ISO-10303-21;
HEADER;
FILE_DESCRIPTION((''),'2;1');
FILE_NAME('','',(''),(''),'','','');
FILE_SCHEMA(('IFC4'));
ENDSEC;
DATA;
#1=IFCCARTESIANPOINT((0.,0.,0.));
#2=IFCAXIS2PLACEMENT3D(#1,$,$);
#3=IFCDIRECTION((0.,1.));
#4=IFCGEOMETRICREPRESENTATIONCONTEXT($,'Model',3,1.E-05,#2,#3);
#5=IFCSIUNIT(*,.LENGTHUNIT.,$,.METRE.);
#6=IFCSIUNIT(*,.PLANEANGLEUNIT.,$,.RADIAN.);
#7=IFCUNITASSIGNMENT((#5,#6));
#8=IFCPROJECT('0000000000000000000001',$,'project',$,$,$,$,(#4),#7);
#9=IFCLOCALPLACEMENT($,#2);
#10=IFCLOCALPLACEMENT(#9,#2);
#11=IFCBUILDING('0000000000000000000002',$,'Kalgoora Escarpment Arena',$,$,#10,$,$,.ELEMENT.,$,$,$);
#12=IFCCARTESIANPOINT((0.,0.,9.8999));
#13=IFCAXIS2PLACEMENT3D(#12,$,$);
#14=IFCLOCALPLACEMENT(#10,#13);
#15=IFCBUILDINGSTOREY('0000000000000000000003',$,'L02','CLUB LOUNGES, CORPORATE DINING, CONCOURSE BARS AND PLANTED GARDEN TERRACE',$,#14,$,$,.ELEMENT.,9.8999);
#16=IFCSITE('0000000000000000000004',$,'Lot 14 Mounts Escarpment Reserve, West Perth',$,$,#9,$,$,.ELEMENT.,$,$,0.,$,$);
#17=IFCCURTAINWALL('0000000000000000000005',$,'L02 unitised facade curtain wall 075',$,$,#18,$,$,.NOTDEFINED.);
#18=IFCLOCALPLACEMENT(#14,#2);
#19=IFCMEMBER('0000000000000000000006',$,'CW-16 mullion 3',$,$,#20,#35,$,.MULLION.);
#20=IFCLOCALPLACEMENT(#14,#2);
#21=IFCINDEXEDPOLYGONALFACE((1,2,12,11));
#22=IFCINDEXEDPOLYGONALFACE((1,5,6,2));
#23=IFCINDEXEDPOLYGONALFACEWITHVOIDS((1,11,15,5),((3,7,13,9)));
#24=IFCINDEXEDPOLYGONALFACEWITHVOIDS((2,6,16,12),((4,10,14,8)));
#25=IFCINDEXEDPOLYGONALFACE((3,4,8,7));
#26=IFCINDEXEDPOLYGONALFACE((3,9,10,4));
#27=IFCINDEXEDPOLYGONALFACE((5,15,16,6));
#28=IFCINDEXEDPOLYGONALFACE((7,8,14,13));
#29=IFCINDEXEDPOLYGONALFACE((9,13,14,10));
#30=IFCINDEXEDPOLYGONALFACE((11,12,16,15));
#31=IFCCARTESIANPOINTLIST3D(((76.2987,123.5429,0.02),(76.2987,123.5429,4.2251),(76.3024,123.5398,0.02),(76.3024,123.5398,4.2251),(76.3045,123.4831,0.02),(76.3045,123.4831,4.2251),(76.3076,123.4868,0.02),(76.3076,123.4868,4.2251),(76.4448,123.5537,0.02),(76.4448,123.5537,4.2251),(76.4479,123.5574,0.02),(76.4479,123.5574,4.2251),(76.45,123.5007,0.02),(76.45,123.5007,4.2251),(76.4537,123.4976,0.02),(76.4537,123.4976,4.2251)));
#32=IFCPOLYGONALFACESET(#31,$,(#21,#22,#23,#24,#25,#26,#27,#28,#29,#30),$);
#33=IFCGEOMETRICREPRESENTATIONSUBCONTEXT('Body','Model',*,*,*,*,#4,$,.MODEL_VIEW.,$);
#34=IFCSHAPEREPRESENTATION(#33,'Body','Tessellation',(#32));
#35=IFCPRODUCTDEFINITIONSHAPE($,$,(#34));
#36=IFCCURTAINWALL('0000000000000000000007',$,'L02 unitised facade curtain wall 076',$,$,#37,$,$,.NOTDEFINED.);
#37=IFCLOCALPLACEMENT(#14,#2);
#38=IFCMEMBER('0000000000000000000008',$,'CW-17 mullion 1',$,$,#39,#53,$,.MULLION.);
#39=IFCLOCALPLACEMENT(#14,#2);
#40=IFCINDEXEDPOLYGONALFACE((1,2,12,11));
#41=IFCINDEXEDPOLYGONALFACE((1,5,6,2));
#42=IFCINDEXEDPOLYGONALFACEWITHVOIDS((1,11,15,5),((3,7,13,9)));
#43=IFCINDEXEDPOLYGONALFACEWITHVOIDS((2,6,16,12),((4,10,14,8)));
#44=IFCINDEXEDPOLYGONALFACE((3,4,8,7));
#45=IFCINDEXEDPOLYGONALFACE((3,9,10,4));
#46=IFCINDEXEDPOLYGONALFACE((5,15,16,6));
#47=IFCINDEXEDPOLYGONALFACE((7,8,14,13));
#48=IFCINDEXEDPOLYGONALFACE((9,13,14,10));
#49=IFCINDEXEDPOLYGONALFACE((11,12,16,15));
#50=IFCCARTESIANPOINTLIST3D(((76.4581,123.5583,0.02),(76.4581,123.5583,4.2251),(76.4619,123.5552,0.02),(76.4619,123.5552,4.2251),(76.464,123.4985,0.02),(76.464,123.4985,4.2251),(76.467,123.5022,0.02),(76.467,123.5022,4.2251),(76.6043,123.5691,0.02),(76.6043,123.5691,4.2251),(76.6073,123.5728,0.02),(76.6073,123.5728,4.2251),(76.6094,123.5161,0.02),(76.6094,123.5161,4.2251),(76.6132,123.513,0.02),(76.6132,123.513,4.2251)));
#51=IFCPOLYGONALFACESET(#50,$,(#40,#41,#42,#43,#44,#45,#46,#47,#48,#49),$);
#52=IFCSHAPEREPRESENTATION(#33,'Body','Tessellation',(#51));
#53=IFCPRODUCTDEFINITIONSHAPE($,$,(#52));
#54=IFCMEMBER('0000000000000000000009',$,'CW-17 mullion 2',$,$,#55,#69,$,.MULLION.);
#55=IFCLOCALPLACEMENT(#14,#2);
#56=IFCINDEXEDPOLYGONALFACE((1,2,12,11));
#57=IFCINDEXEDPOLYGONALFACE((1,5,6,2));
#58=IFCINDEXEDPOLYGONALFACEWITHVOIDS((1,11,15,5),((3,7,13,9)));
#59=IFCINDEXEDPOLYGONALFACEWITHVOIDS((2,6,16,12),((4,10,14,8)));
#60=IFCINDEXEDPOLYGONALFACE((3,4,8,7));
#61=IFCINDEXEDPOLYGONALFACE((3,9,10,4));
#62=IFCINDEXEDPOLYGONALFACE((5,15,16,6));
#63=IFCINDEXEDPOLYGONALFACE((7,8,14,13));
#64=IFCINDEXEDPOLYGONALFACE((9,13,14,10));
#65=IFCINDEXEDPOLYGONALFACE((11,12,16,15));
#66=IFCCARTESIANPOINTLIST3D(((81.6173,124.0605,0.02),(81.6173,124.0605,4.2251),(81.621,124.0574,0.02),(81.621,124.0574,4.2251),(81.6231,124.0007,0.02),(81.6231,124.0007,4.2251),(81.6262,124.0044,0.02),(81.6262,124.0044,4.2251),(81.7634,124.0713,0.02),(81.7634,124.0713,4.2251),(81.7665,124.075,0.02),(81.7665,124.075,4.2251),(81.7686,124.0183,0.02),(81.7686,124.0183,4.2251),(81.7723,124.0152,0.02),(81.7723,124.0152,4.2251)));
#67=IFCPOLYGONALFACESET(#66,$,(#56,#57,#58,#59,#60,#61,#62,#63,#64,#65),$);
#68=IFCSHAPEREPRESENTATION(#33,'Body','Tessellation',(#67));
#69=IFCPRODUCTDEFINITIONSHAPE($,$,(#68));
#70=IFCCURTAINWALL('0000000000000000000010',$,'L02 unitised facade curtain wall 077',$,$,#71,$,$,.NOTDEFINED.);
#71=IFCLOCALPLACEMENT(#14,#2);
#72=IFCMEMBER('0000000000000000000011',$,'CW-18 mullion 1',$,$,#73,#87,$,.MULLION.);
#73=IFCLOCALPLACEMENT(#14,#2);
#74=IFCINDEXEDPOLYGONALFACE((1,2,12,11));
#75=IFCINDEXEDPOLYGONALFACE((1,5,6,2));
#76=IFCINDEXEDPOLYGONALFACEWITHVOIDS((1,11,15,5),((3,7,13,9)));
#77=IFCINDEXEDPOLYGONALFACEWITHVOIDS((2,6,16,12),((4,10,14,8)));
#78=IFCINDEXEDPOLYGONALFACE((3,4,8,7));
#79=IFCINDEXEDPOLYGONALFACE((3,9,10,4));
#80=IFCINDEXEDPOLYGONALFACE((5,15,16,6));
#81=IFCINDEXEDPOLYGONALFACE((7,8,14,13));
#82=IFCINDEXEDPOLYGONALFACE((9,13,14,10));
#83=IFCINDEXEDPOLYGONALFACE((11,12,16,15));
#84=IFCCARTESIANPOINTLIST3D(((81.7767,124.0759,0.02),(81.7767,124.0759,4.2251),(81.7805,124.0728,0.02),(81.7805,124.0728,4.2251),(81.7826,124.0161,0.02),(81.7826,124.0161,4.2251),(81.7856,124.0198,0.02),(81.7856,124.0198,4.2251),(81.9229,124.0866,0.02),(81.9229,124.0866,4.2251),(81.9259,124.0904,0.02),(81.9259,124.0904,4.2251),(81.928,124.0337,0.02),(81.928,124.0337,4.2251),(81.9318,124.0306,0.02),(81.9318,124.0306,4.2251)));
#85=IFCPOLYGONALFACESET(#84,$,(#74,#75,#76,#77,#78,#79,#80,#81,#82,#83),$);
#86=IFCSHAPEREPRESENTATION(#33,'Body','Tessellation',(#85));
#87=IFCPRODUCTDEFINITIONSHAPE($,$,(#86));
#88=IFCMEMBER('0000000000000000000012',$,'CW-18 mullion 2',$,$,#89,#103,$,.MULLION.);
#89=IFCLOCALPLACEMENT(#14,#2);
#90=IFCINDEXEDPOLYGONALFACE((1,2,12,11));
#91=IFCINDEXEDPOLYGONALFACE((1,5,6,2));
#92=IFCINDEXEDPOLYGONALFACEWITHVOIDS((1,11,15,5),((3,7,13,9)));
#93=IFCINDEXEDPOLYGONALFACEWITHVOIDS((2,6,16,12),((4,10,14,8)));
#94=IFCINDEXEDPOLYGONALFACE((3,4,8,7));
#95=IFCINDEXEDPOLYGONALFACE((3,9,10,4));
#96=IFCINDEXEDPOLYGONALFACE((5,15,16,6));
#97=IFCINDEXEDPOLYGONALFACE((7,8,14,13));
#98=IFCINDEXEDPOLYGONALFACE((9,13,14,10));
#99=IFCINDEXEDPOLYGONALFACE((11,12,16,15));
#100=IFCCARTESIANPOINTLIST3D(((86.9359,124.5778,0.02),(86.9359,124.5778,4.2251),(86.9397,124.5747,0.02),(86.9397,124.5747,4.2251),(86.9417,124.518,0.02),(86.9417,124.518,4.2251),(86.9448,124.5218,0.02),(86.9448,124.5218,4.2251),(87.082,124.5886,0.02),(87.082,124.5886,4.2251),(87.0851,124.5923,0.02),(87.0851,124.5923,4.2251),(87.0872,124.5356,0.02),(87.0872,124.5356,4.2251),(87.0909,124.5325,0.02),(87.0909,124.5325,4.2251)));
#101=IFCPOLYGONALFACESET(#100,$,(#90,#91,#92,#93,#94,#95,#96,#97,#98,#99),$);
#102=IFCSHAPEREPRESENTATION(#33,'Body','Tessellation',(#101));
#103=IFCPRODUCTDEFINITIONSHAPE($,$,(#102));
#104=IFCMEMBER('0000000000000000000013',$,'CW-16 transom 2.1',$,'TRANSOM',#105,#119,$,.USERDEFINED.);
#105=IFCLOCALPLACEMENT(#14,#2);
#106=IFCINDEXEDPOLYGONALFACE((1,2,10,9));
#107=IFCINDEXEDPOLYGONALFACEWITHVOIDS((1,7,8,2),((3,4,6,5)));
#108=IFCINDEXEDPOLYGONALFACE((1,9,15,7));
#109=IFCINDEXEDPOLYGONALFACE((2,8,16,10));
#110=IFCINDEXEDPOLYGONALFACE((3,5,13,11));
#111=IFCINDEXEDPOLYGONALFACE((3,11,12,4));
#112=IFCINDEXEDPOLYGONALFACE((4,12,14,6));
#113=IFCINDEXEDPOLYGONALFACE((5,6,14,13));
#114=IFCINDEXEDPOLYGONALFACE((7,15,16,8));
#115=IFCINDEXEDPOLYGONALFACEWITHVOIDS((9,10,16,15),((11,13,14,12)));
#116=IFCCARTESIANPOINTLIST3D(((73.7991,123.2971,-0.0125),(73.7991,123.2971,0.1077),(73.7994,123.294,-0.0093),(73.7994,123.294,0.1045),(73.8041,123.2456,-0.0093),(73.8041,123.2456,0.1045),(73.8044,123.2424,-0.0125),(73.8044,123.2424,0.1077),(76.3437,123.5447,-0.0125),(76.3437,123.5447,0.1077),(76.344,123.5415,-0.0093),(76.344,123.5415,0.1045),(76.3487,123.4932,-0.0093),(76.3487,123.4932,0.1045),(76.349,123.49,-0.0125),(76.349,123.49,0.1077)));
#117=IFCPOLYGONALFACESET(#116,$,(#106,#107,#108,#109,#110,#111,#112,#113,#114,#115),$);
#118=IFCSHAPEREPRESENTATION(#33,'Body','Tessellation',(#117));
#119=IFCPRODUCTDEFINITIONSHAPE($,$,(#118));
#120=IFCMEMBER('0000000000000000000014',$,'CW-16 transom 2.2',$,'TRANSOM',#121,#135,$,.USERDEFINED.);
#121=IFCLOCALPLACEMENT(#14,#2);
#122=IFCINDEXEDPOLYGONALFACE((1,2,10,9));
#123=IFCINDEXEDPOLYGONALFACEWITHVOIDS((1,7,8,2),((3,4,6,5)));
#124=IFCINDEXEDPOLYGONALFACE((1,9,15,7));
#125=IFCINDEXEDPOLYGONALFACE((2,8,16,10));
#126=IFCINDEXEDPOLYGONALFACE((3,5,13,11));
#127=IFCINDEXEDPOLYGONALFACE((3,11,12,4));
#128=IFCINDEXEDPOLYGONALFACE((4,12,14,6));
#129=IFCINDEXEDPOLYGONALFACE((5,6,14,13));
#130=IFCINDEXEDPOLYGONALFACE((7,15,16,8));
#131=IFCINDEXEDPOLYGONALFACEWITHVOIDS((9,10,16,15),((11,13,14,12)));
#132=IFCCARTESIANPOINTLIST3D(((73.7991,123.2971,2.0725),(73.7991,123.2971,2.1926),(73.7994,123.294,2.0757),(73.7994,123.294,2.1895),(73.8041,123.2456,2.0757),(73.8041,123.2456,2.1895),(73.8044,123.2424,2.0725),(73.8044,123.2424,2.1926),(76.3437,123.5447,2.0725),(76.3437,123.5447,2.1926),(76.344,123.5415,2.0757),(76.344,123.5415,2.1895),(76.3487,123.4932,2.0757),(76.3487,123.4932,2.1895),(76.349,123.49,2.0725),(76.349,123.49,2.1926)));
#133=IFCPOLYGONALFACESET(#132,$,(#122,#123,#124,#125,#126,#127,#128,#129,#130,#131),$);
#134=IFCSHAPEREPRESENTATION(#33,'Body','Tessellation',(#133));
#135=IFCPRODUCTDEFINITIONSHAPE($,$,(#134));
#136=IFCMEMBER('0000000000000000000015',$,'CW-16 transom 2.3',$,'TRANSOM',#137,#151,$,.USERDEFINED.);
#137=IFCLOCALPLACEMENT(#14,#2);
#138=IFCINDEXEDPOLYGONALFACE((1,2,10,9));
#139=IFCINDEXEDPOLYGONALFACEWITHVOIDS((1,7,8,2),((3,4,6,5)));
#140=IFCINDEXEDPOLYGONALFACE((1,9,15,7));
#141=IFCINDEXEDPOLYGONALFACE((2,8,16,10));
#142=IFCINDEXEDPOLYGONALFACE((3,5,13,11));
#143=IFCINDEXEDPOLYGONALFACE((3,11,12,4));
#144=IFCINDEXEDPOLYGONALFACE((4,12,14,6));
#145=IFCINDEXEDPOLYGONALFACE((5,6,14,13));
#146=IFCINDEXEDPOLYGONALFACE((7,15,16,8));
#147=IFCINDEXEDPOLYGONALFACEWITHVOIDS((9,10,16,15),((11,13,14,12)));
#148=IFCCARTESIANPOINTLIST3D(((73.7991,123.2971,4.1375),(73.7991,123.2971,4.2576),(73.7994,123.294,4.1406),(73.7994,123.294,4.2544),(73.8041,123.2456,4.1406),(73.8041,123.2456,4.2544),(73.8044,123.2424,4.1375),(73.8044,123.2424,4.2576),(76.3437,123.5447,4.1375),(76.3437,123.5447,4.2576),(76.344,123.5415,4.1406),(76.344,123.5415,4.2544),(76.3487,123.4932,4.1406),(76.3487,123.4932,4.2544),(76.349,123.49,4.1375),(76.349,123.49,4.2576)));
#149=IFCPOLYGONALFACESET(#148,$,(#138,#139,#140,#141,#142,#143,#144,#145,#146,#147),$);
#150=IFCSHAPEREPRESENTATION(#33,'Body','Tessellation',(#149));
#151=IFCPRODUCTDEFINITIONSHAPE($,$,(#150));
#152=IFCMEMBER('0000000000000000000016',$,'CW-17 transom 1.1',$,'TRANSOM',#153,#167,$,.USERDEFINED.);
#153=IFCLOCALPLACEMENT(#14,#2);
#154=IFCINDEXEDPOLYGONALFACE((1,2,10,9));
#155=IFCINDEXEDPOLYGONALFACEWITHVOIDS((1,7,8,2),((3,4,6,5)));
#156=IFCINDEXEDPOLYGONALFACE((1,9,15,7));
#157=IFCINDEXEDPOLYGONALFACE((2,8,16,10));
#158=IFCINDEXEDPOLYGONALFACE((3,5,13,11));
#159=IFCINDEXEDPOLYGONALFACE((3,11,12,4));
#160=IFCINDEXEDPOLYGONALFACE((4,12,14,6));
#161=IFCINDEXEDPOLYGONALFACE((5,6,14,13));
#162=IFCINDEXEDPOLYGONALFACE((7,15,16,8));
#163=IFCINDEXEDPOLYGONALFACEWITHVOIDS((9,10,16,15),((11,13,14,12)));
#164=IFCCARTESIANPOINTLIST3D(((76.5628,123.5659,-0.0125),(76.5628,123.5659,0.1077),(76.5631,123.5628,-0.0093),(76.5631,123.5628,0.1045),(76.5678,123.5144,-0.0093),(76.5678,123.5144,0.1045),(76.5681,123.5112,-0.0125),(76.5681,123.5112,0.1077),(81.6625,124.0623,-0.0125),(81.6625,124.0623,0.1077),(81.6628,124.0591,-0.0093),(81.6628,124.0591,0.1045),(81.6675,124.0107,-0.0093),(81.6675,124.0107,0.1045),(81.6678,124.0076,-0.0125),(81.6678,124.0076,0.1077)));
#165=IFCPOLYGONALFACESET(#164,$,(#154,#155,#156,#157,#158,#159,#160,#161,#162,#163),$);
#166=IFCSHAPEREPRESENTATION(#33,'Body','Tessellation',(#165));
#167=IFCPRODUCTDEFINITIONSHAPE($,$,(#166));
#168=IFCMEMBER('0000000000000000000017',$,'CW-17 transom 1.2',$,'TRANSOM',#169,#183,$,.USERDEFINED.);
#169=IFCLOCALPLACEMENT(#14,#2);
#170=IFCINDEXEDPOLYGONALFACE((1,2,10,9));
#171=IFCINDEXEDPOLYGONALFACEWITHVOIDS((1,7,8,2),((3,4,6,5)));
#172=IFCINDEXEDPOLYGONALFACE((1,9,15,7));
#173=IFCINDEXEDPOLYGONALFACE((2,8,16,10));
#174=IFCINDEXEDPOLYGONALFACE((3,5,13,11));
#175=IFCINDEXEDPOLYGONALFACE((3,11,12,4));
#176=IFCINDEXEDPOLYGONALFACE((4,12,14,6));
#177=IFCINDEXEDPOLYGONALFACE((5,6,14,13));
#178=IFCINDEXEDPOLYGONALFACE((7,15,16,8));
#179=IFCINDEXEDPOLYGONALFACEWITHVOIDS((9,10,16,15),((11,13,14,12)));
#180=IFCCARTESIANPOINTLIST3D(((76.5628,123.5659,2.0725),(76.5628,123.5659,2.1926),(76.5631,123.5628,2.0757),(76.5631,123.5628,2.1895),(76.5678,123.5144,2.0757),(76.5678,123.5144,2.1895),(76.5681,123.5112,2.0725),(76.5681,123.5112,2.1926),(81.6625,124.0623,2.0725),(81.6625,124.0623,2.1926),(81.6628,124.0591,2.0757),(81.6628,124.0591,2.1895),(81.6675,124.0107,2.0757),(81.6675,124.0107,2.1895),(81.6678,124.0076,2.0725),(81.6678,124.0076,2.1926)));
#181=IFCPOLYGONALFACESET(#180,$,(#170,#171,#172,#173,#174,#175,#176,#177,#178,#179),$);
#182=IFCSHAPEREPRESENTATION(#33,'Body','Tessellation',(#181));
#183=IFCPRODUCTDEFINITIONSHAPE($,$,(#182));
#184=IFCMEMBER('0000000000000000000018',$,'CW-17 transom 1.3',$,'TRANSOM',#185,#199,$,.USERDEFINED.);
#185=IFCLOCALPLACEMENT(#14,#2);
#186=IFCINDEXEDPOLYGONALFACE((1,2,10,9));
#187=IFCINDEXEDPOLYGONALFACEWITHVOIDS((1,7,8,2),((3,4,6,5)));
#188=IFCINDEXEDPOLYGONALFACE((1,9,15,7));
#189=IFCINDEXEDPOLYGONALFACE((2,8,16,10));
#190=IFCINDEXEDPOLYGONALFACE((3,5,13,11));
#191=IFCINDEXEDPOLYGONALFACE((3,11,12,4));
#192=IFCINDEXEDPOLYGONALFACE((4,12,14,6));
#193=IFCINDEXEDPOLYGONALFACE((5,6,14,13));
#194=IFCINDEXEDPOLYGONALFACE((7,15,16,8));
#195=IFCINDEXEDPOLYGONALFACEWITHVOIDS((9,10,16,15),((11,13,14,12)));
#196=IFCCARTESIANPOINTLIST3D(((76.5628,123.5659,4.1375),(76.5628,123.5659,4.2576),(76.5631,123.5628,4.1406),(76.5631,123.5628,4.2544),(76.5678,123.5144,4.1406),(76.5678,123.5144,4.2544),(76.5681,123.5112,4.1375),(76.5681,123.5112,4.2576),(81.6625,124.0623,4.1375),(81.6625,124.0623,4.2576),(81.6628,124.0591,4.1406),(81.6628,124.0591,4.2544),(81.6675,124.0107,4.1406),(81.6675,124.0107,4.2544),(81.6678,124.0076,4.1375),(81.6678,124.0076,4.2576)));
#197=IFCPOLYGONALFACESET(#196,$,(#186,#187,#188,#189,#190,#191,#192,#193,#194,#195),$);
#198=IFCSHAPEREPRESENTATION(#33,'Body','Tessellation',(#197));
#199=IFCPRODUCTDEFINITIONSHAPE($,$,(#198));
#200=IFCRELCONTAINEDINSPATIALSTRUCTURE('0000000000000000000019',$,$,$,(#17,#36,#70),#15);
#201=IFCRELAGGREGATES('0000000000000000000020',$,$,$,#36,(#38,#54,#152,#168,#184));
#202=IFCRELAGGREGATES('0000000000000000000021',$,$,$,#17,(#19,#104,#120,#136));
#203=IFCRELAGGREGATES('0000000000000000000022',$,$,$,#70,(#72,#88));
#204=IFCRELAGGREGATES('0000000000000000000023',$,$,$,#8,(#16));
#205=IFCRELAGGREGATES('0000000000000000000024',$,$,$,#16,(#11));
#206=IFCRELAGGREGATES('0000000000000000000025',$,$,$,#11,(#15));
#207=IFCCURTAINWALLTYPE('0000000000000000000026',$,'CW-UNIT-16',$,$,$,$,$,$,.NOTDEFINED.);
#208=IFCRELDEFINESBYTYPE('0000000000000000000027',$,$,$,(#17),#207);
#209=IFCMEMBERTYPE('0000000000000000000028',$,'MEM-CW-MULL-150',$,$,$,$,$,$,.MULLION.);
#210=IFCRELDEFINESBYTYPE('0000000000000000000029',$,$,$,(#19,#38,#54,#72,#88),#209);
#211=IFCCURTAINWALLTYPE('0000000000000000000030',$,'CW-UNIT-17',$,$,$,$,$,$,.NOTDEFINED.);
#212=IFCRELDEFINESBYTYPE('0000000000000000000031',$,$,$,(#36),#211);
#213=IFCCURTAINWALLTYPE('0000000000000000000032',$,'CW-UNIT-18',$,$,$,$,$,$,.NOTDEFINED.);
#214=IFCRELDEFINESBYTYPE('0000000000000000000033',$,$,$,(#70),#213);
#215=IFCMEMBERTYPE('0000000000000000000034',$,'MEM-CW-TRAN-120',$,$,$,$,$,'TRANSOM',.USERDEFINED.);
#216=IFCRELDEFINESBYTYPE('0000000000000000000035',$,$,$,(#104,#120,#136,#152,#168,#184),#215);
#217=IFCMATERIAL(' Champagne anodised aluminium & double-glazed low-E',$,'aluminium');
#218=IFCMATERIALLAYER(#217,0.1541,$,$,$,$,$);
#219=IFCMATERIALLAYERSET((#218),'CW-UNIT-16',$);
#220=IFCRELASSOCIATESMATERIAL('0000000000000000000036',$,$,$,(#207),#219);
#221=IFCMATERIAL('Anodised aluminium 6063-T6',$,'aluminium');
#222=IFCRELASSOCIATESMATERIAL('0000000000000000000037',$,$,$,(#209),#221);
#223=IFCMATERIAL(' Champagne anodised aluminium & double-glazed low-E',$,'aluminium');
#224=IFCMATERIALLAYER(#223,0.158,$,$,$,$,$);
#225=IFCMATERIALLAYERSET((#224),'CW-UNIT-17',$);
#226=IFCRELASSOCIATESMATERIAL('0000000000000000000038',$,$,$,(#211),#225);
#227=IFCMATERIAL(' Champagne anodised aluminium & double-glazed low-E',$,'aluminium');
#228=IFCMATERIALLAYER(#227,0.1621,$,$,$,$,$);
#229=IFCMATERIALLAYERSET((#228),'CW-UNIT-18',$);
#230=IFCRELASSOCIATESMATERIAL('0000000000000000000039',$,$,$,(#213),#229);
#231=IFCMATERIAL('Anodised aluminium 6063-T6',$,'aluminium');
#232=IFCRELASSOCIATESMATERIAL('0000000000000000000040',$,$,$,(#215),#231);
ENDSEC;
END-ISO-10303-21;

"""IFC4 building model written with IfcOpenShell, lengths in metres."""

from ifc_helpers import new_model, si_unit, direction, frame, origin, origin_2d, place, context, subcontext, project, spatial, hollow_rectangle, extrude, material, layer, layer_set, material_profile, profile_set, type_object, element, aggregate, save


model = new_model("IFC4")

# Units and contexts
model_context = context("Model", 3, precision=1e-05, world=origin(), true_north=direction((0.0, 1.0)))
body_context = subcontext(model_context, "Body", "Model", "MODEL_VIEW")
ifc_project = project(units=[si_unit("LENGTHUNIT", "METRE"), si_unit("PLANEANGLEUNIT", "RADIAN")], contexts=[model_context])

# Site, building, storey
site_placement = place(None, origin())
site = spatial("IfcSite", under=ifc_project, at=site_placement, Name="Lot 14 Mounts Escarpment Reserve, West Perth", CompositionType="ELEMENT", RefElevation=0.0)
building_placement = place(site_placement, origin())
building = spatial("IfcBuilding", under=site, at=building_placement, Name="Kalgoora Escarpment Arena", CompositionType="ELEMENT")
storey_placement = place(building_placement, frame((0.0, 0.0, 9.8999)))
storey = spatial("IfcBuildingStorey", under=building, at=storey_placement, Name="L02", Description="CLUB LOUNGES, CORPORATE DINING, CONCOURSE BARS AND PLANTED GARDEN TERRACE", CompositionType="ELEMENT", Elevation=9.8999)

# Curtain wall, member
ifc_material_1 = material(Name=" Champagne anodised aluminium & double-glazed low-E", Category="aluminium")
ifc_layer_1 = layer(ifc_material_1, 0.1541)
ifc_layer_set_1 = layer_set([ifc_layer_1], Name="CW-UNIT-16")
curtain_wall_type_1 = type_object("IfcCurtainWallType", Name="CW-UNIT-16", PredefinedType="NOTDEFINED", material=ifc_layer_set_1)
curtain_wall_1_placement = place(storey_placement, origin())
curtain_wall_1 = element("IfcCurtainWall", 1, at=curtain_wall_1_placement, inside=storey, type_object=curtain_wall_type_1, Name="L02 unitised facade curtain wall 075", PredefinedType="NOTDEFINED")
ifc_material_2 = material(Name="Anodised aluminium 6063-T6", Category="aluminium")
ifc_material_profile_1 = material_profile(ifc_material_2, hollow_rectangle(XDim=0.0601, YDim=0.1499, WallThickness=0.0034, at=origin_2d()))
ifc_profile_set_1 = profile_set([ifc_material_profile_1], Name="Anodised aluminium 6063-T6")
member_type_1 = type_object("IfcMemberType", Name="MEM-CW-MULL-150", PredefinedType="MULLION", material=ifc_profile_set_1)
member_1_placement = place(storey_placement, frame((76.3762, 123.5203, 0.02), z_axis=(0.0, 0.0, 1.0), x_axis=(-0.096853, 0.995299, 0.0)))
member_1 = element("IfcMember", 2, at=member_1_placement, type_object=member_type_1, Name="CW-16 mullion 3", PredefinedType="MULLION", context=body_context, shape_type="SweptSolid", body=[
    extrude(hollow_rectangle(XDim=0.0601, YDim=0.1499, WallThickness=0.0034, at=origin_2d()), origin(), (0.0, 0.0, 1.0), 4.2051),
])

# Curtain walls, members
ifc_material_3 = material(Name=" Champagne anodised aluminium & double-glazed low-E", Category="aluminium")
ifc_layer_2 = layer(ifc_material_3, 0.158)
ifc_layer_set_2 = layer_set([ifc_layer_2], Name="CW-UNIT-17")
curtain_wall_type_2 = type_object("IfcCurtainWallType", Name="CW-UNIT-17", PredefinedType="NOTDEFINED", material=ifc_layer_set_2)
curtain_wall_2_placement = place(storey_placement, origin())
curtain_wall_2 = element("IfcCurtainWall", 3, at=curtain_wall_2_placement, inside=storey, type_object=curtain_wall_type_2, Name="L02 unitised facade curtain wall 076", PredefinedType="NOTDEFINED")
member_2_placement = place(storey_placement, frame((76.5356, 123.5356, 0.02), z_axis=(0.0, 0.0, 1.0), x_axis=(-0.09686, 0.995298, 0.0)))
member_2 = element("IfcMember", 4, at=member_2_placement, type_object=member_type_1, Name="CW-17 mullion 1", PredefinedType="MULLION", context=body_context, shape_type="SweptSolid", body=[
    extrude(hollow_rectangle(XDim=0.0601, YDim=0.1499, WallThickness=0.0034, at=origin_2d()), origin(), (0.0, 0.0, 1.0), 4.2051),
])
member_3_placement = place(storey_placement, frame((81.6948, 124.0378, 0.02), z_axis=(0.0, 0.0, 1.0), x_axis=(-0.09686, 0.995298, 0.0)))
member_3 = element("IfcMember", 5, at=member_3_placement, type_object=member_type_1, Name="CW-17 mullion 2", PredefinedType="MULLION", context=body_context, shape_type="SweptSolid", body=[
    extrude(hollow_rectangle(XDim=0.0601, YDim=0.1499, WallThickness=0.0034, at=origin_2d()), origin(), (0.0, 0.0, 1.0), 4.2051),
])
ifc_material_4 = material(Name=" Champagne anodised aluminium & double-glazed low-E", Category="aluminium")
ifc_layer_3 = layer(ifc_material_4, 0.1621)
ifc_layer_set_3 = layer_set([ifc_layer_3], Name="CW-UNIT-18")
curtain_wall_type_3 = type_object("IfcCurtainWallType", Name="CW-UNIT-18", PredefinedType="NOTDEFINED", material=ifc_layer_set_3)
curtain_wall_3_placement = place(storey_placement, origin())
curtain_wall_3 = element("IfcCurtainWall", 6, at=curtain_wall_3_placement, inside=storey, type_object=curtain_wall_type_3, Name="L02 unitised facade curtain wall 077", PredefinedType="NOTDEFINED")
member_4_placement = place(storey_placement, frame((81.8542, 124.0532, 0.02), z_axis=(0.0, 0.0, 1.0), x_axis=(-0.09686, 0.995298, 0.0)))
member_4 = element("IfcMember", 7, at=member_4_placement, type_object=member_type_1, Name="CW-18 mullion 1", PredefinedType="MULLION", context=body_context, shape_type="SweptSolid", body=[
    extrude(hollow_rectangle(XDim=0.0601, YDim=0.1499, WallThickness=0.0034, at=origin_2d()), origin(), (0.0, 0.0, 1.0), 4.2051),
])
member_5_placement = place(storey_placement, frame((87.0134, 124.5552, 0.02), z_axis=(0.0, 0.0, 1.0), x_axis=(-0.09686, 0.995298, 0.0)))
member_5 = element("IfcMember", 8, at=member_5_placement, type_object=member_type_1, Name="CW-18 mullion 2", PredefinedType="MULLION", context=body_context, shape_type="SweptSolid", body=[
    extrude(hollow_rectangle(XDim=0.0601, YDim=0.1499, WallThickness=0.0034, at=origin_2d()), origin(), (0.0, 0.0, 1.0), 4.2051),
])

# Members
ifc_material_5 = material(Name="Anodised aluminium 6063-T6", Category="aluminium")
ifc_material_profile_2 = material_profile(ifc_material_5, hollow_rectangle(XDim=0.0549, YDim=0.1201, WallThickness=0.0032, at=origin_2d()))
ifc_profile_set_2 = profile_set([ifc_material_profile_2], Name="Anodised aluminium 6063-T6")
member_type_2 = type_object("IfcMemberType", Name="MEM-CW-TRAN-120", ElementType="TRANSOM", PredefinedType="USERDEFINED", material=ifc_profile_set_2)
member_6_placement = place(storey_placement, frame((73.8018, 123.2698, 0.0476), z_axis=(0.995301, 0.096828, 0.0), x_axis=(-0.096828, 0.995301, 0.0)))
member_6 = element("IfcMember", 9, at=member_6_placement, type_object=member_type_2, Name="CW-16 transom 2.1", ObjectType="TRANSOM", PredefinedType="USERDEFINED", context=body_context, shape_type="SweptSolid", body=[
    extrude(hollow_rectangle(XDim=0.0549, YDim=0.1201, WallThickness=0.0032, at=origin_2d()), origin(), (0.0, 0.0, 1.0), 2.5566),
])
member_7_placement = place(storey_placement, frame((73.8018, 123.2698, 2.1326), z_axis=(0.995301, 0.096828, 0.0), x_axis=(-0.096828, 0.995301, 0.0)))
member_7 = element("IfcMember", 10, at=member_7_placement, type_object=member_type_2, Name="CW-16 transom 2.2", ObjectType="TRANSOM", PredefinedType="USERDEFINED", context=body_context, shape_type="SweptSolid", body=[
    extrude(hollow_rectangle(XDim=0.0549, YDim=0.1201, WallThickness=0.0032, at=origin_2d()), origin(), (0.0, 0.0, 1.0), 2.5566),
])
member_8_placement = place(storey_placement, frame((73.8018, 123.2698, 4.1975), z_axis=(0.995301, 0.096828, 0.0), x_axis=(-0.096828, 0.995301, 0.0)))
member_8 = element("IfcMember", 11, at=member_8_placement, type_object=member_type_2, Name="CW-16 transom 2.3", ObjectType="TRANSOM", PredefinedType="USERDEFINED", context=body_context, shape_type="SweptSolid", body=[
    extrude(hollow_rectangle(XDim=0.0549, YDim=0.1201, WallThickness=0.0032, at=origin_2d()), origin(), (0.0, 0.0, 1.0), 2.5566),
])
member_9_placement = place(storey_placement, frame((76.5654, 123.5386, 0.0476), z_axis=(0.995297, 0.096871, 0.0), x_axis=(-0.096871, 0.995297, 0.0)))
member_9 = element("IfcMember", 12, at=member_9_placement, type_object=member_type_2, Name="CW-17 transom 1.1", ObjectType="TRANSOM", PredefinedType="USERDEFINED", context=body_context, shape_type="SweptSolid", body=[
    extrude(hollow_rectangle(XDim=0.0549, YDim=0.1201, WallThickness=0.0032, at=origin_2d()), origin(), (0.0, 0.0, 1.0), 5.1238),
])
member_10_placement = place(storey_placement, frame((76.5654, 123.5386, 2.1326), z_axis=(0.995297, 0.096871, 0.0), x_axis=(-0.096871, 0.995297, 0.0)))
member_10 = element("IfcMember", 13, at=member_10_placement, type_object=member_type_2, Name="CW-17 transom 1.2", ObjectType="TRANSOM", PredefinedType="USERDEFINED", context=body_context, shape_type="SweptSolid", body=[
    extrude(hollow_rectangle(XDim=0.0549, YDim=0.1201, WallThickness=0.0032, at=origin_2d()), origin(), (0.0, 0.0, 1.0), 5.1238),
])
member_11_placement = place(storey_placement, frame((76.5654, 123.5386, 4.1975), z_axis=(0.995297, 0.096871, 0.0), x_axis=(-0.096871, 0.995297, 0.0)))
member_11 = element("IfcMember", 14, at=member_11_placement, type_object=member_type_2, Name="CW-17 transom 1.3", ObjectType="TRANSOM", PredefinedType="USERDEFINED", context=body_context, shape_type="SweptSolid", body=[
    extrude(hollow_rectangle(XDim=0.0549, YDim=0.1201, WallThickness=0.0032, at=origin_2d()), origin(), (0.0, 0.0, 1.0), 5.1238),
])

aggregate(curtain_wall_2, [member_2, member_3, member_9, member_10, member_11])
aggregate(curtain_wall_1, [member_1, member_6, member_7, member_8])
aggregate(curtain_wall_3, [member_4, member_5])

save(model, "model.ifc")
